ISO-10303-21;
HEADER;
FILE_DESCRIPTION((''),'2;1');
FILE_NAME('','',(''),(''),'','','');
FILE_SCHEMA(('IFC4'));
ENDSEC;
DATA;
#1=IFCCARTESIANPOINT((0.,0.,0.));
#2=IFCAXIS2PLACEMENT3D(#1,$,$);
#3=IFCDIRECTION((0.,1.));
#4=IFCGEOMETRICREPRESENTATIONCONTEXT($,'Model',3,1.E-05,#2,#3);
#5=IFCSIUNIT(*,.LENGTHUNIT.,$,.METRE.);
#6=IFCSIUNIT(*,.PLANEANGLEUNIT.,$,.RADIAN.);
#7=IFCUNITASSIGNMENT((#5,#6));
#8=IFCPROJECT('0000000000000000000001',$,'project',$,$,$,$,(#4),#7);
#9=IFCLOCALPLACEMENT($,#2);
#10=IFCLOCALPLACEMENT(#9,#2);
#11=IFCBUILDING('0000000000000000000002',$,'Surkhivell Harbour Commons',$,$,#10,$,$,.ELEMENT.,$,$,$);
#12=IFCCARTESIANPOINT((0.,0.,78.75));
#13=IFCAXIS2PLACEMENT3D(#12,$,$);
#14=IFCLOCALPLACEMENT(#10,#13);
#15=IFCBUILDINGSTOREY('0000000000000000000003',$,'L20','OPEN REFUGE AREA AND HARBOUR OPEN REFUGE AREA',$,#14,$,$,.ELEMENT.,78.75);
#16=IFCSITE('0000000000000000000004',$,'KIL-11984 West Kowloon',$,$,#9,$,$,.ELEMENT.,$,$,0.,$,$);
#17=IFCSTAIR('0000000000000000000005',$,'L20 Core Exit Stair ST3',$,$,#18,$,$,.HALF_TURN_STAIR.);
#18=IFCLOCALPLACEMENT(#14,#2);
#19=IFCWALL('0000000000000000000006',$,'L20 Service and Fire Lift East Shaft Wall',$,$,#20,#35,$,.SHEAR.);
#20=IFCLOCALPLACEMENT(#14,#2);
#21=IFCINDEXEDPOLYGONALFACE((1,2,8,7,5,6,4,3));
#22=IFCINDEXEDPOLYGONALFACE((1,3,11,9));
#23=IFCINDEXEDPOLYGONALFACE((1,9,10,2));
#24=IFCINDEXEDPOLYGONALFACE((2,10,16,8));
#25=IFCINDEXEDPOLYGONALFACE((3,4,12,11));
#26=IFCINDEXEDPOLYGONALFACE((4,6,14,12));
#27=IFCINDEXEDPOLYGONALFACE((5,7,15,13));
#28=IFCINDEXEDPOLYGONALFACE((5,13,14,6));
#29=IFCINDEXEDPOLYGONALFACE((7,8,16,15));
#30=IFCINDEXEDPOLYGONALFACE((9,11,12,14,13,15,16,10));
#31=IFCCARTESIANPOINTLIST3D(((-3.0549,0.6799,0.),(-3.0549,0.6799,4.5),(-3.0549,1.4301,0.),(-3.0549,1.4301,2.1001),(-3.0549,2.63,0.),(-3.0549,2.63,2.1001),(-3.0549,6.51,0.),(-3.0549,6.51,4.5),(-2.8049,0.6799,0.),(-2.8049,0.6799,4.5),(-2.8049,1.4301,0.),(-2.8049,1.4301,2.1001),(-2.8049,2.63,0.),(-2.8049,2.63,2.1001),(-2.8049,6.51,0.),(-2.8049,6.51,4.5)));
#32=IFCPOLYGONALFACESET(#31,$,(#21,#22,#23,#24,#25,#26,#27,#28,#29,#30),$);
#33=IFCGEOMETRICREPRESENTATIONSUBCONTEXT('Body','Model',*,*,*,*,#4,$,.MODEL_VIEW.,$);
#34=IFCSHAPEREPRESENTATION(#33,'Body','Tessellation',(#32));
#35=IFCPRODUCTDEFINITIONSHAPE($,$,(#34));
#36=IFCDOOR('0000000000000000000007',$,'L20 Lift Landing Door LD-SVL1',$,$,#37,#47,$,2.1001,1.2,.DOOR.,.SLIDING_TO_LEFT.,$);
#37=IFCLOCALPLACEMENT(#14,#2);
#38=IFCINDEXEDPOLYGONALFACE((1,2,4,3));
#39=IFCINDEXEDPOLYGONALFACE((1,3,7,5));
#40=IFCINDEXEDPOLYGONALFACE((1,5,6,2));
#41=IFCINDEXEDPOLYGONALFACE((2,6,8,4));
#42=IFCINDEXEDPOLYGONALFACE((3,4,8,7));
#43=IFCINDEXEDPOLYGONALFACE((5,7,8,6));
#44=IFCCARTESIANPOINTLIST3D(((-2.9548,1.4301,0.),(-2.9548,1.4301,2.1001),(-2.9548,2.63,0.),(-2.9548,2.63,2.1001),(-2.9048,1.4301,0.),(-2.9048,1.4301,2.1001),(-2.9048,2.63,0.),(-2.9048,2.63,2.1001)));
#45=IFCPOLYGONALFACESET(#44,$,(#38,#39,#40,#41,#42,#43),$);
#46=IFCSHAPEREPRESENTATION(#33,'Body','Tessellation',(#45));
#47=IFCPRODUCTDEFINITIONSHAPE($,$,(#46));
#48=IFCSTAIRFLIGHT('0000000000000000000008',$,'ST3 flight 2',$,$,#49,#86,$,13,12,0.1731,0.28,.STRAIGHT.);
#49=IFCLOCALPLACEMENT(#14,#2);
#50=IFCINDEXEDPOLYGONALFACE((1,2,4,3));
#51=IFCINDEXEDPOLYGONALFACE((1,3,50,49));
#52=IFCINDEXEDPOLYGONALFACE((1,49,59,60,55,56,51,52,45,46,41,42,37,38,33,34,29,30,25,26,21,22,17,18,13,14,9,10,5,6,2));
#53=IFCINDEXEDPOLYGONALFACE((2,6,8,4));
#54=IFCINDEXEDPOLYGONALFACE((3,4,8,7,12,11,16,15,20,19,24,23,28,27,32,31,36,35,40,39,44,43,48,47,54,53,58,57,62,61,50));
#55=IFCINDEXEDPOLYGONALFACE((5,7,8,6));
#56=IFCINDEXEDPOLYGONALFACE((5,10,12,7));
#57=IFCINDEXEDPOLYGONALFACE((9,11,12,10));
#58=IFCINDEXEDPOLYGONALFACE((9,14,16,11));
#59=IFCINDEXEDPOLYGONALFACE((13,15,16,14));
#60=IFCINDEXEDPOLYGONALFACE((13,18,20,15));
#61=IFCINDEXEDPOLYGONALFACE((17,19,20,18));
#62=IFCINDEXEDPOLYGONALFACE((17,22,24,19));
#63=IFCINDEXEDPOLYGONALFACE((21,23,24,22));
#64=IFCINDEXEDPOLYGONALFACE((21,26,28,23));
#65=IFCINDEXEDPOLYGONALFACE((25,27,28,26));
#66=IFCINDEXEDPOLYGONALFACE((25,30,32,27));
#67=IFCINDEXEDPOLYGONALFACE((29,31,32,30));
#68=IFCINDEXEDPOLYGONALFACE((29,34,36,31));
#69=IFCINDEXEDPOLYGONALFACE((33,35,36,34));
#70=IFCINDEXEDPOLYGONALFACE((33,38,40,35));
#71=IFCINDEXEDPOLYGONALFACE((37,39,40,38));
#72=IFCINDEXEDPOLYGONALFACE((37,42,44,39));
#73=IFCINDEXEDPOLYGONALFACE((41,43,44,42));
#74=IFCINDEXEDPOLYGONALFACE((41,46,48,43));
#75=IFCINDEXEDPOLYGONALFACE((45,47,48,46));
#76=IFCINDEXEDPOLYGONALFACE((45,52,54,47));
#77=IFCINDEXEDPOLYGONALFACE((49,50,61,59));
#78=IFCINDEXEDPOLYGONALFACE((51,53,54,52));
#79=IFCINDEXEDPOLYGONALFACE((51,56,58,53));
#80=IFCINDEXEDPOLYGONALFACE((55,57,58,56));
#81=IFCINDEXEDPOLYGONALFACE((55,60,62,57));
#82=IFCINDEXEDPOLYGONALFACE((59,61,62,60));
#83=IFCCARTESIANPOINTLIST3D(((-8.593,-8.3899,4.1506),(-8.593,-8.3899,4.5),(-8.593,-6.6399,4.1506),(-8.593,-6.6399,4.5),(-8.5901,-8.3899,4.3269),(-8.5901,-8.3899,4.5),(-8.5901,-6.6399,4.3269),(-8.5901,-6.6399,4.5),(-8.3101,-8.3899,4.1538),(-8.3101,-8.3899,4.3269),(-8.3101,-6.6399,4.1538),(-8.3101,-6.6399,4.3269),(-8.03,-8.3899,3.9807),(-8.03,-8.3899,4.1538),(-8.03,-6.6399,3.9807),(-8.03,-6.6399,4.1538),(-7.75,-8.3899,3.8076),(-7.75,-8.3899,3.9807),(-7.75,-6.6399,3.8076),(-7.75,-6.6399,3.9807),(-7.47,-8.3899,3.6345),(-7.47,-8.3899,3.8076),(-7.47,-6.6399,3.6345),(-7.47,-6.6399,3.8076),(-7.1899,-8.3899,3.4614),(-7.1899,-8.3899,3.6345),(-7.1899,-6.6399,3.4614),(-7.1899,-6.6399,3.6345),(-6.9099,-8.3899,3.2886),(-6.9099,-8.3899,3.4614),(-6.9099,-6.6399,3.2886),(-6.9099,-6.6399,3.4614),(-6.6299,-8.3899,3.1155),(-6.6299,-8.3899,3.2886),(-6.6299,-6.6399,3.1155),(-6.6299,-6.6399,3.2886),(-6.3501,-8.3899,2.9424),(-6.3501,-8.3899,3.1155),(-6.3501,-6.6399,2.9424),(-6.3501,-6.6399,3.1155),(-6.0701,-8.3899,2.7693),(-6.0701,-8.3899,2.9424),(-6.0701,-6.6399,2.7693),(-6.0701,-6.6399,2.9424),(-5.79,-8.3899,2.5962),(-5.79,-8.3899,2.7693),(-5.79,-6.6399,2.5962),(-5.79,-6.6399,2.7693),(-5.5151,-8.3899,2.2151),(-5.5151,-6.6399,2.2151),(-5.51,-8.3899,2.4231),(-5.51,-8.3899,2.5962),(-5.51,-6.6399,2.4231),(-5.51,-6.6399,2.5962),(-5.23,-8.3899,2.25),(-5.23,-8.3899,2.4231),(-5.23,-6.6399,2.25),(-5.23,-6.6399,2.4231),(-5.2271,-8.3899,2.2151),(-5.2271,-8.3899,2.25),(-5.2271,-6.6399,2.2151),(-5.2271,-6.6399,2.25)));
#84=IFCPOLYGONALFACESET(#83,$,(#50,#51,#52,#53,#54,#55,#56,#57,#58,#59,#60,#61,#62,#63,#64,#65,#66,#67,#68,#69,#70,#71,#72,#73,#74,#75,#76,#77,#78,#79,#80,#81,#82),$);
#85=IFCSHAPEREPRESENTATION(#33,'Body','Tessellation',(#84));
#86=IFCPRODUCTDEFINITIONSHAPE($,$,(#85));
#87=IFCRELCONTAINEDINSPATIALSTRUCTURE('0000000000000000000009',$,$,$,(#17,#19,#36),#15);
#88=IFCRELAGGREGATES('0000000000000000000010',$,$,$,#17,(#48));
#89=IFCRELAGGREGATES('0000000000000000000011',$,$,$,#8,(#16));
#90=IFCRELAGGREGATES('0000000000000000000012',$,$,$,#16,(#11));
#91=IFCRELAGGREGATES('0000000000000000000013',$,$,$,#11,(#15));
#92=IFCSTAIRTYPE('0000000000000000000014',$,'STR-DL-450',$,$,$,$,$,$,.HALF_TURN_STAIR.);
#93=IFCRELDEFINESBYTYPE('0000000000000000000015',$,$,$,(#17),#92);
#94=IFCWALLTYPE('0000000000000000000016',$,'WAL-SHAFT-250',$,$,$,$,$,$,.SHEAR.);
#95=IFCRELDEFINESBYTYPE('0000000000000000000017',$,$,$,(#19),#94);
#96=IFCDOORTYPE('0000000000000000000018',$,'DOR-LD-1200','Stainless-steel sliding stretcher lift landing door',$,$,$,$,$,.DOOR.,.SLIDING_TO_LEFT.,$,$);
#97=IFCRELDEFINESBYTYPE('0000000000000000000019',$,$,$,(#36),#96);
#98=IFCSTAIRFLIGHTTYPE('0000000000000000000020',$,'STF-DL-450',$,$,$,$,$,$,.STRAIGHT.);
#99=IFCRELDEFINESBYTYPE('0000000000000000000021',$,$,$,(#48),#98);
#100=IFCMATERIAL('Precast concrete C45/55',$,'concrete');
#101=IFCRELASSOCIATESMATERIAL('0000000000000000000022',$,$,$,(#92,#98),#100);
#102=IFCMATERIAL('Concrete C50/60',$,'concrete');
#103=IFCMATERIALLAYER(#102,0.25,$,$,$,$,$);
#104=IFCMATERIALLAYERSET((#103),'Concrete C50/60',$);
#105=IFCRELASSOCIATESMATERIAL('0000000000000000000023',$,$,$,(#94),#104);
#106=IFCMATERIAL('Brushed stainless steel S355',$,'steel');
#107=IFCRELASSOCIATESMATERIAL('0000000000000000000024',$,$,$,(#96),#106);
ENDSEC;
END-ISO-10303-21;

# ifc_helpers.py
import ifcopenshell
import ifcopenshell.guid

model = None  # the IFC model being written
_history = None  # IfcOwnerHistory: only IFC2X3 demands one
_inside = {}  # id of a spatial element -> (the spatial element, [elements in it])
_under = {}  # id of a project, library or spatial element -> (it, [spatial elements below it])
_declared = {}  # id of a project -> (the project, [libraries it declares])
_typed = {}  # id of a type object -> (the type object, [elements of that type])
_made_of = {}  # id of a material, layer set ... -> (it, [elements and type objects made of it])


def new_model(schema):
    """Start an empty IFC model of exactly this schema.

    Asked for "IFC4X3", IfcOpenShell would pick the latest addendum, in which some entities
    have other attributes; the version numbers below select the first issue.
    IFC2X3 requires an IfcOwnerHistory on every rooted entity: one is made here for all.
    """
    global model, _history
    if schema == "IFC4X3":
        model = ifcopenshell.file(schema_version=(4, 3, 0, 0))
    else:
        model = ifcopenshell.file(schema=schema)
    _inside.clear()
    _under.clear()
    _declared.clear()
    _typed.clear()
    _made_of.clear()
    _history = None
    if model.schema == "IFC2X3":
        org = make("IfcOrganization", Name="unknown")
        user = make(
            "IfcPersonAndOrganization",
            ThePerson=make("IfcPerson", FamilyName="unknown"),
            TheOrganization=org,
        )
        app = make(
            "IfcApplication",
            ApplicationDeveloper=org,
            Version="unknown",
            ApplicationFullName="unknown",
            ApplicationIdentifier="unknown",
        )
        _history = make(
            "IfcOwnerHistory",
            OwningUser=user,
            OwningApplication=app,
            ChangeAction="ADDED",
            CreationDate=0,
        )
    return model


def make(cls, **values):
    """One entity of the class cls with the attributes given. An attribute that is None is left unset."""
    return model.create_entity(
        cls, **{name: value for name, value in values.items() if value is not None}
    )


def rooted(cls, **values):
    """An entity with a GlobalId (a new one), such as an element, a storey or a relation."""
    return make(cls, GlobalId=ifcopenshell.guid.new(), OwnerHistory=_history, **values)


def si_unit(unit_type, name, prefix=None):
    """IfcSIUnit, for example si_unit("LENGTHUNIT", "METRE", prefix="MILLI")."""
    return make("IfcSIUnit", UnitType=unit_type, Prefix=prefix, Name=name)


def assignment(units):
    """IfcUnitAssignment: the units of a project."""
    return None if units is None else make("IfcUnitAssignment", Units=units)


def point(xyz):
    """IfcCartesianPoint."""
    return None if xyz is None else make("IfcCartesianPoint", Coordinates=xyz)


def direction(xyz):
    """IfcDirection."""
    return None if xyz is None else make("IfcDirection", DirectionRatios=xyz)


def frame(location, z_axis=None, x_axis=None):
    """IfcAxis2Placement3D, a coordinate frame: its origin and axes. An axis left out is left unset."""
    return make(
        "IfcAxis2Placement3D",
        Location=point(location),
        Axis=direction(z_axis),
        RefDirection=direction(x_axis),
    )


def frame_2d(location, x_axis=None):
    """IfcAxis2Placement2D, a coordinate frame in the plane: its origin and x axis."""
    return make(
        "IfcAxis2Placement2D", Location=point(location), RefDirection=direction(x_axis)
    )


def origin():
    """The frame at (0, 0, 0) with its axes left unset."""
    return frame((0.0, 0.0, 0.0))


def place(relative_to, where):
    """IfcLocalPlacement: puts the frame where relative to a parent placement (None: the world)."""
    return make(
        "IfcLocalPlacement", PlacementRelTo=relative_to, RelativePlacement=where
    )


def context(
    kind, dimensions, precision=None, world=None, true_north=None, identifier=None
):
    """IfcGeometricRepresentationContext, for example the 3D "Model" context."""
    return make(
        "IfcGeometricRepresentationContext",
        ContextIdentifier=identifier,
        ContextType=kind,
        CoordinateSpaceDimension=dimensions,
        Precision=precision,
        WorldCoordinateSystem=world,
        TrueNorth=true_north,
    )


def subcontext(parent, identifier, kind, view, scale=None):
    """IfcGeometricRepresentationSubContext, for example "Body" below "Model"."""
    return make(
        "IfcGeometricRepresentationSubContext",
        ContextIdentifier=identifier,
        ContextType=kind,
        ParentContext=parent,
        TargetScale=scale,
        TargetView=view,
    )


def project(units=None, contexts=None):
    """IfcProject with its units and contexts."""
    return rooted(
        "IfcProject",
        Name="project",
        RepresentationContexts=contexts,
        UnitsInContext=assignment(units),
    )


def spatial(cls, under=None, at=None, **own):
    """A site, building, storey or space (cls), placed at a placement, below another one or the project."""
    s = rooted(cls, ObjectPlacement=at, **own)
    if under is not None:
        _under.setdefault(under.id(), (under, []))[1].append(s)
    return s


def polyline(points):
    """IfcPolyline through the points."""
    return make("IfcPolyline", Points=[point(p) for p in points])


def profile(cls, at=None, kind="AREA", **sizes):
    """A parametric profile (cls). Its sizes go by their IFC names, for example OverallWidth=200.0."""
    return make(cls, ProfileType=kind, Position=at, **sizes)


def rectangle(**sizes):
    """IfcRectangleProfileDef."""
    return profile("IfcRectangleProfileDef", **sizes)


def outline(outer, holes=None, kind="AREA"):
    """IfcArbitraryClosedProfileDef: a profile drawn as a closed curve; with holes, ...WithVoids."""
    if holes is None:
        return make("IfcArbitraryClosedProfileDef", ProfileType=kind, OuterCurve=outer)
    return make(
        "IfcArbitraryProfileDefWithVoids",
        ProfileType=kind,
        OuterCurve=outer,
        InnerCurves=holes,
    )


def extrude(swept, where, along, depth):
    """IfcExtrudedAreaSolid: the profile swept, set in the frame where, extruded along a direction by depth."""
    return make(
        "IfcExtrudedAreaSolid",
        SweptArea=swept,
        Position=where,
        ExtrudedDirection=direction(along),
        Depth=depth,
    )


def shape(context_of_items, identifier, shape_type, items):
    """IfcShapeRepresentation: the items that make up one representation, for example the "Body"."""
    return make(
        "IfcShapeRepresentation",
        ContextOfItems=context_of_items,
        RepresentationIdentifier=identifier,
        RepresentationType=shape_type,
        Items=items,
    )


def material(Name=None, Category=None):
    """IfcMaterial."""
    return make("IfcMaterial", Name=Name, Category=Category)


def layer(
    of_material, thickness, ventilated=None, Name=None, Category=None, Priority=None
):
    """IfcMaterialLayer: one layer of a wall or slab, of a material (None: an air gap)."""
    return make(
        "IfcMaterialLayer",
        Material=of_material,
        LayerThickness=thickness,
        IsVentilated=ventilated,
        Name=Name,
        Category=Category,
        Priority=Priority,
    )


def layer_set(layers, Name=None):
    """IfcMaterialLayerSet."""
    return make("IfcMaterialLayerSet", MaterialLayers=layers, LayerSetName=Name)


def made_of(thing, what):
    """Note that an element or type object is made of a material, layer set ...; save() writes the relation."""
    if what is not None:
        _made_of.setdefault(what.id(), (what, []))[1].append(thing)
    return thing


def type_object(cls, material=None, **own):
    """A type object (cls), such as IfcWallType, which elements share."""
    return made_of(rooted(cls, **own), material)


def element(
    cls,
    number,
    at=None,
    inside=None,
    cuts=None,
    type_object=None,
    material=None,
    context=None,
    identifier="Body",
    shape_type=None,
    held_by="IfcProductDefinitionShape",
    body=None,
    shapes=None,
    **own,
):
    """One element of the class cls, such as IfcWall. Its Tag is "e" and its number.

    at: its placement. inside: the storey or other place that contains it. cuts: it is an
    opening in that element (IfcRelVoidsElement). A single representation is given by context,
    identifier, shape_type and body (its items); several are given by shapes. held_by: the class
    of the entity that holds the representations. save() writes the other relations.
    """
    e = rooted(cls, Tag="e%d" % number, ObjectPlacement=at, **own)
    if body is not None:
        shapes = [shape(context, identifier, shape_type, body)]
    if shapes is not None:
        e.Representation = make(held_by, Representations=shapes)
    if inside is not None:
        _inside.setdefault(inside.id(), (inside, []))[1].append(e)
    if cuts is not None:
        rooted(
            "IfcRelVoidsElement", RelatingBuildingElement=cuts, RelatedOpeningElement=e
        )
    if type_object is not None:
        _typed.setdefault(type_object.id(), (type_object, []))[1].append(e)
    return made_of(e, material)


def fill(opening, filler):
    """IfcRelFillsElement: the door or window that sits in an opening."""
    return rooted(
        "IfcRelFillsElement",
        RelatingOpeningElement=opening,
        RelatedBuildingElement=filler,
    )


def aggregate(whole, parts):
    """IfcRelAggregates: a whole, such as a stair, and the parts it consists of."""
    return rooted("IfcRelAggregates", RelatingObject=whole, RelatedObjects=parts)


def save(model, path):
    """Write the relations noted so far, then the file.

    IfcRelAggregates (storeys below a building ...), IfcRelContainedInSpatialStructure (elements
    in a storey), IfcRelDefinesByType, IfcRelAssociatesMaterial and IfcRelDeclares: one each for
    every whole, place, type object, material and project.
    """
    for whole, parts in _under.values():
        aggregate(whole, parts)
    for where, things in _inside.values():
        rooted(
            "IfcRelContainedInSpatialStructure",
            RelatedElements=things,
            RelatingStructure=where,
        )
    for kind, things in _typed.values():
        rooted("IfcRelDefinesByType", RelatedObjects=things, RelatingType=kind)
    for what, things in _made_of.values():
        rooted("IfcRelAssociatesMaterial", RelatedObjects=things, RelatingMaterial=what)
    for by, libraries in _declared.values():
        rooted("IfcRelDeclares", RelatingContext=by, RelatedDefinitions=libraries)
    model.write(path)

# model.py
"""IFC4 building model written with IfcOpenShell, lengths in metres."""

from ifc_helpers import new_model, si_unit, direction, frame, frame_2d, origin, place, context, subcontext, project, spatial, polyline, rectangle, outline, extrude, material, layer, layer_set, type_object, element, fill, aggregate, save


model = new_model("IFC4")

# Units and contexts
model_context = context("Model", 3, precision=1e-05, world=origin(), true_north=direction((0.0, 1.0)))
body_context = subcontext(model_context, "Body", "Model", "MODEL_VIEW")
ifc_project = project(units=[si_unit("LENGTHUNIT", "METRE"), si_unit("PLANEANGLEUNIT", "RADIAN")], contexts=[model_context])

# Site, building, storey
site_placement = place(None, origin())
site = spatial("IfcSite", under=ifc_project, at=site_placement, Name="KIL-11984 West Kowloon", CompositionType="ELEMENT", RefElevation=0.0)
building_placement = place(site_placement, origin())
building = spatial("IfcBuilding", under=site, at=building_placement, Name="Surkhivell Harbour Commons", CompositionType="ELEMENT")
storey_placement = place(building_placement, frame((0.0, 0.0, 78.75)))
storey = spatial("IfcBuildingStorey", under=building, at=storey_placement, Name="L20", Description="OPEN REFUGE AREA AND HARBOUR OPEN REFUGE AREA", CompositionType="ELEMENT", Elevation=78.75)

# Shared definitions
ifc_material_1 = material(Name="Concrete C50/60", Category="concrete")

# Stair
ifc_material_2 = material(Name="Precast concrete C45/55", Category="concrete")
stair_type = type_object("IfcStairType", Name="STR-DL-450", PredefinedType="HALF_TURN_STAIR", material=ifc_material_2)
stair_1_placement = place(storey_placement, origin())
stair_1 = element("IfcStair", 1, at=stair_1_placement, inside=storey, type_object=stair_type, Name="L20 Core Exit Stair ST3", PredefinedType="HALF_TURN_STAIR")

# Shared definitions
ifc_layer_1 = layer(ifc_material_1, 0.25)
ifc_layer_set_1 = layer_set([ifc_layer_1], Name="Concrete C50/60")
wall_type_1 = type_object("IfcWallType", Name="WAL-SHAFT-250", PredefinedType="SHEAR", material=ifc_layer_set_1)

# Wall, opening, door
wall_1_placement = place(storey_placement, frame((-2.9299, 0.6799, 0.0), z_axis=(0.0, 0.0, 1.0), x_axis=(0.0, 1.0, 0.0)))
wall_1 = element("IfcWall", 2, at=wall_1_placement, inside=storey, type_object=wall_type_1, Name="L20 Service and Fire Lift East Shaft Wall", PredefinedType="SHEAR", context=body_context, shape_type="SweptSolid", body=[
    extrude(rectangle(XDim=5.8301, YDim=0.25, at=frame_2d((2.915, 0.0))), origin(), (0.0, 0.0, 1.0), 4.5),
])
opening_1_placement = place(wall_1_placement, frame((0.75, 0.0, 0.0)))
opening_1 = element("IfcOpeningElement", 3, at=opening_1_placement, cuts=wall_1, PredefinedType="OPENING", context=body_context, shape_type="SweptSolid", body=[
    extrude(rectangle(XDim=1.2, YDim=2.1001, at=frame_2d((0.6001, 1.05))), frame((0.0, 0.135, 0.0), z_axis=(0.0, -1.0, 0.0), x_axis=(1.0, 0.0, 0.0)), (0.0, 0.0, 1.0), 0.27),
])
ifc_material_3 = material(Name="Brushed stainless steel S355", Category="steel")
door_type_1 = type_object("IfcDoorType", Name="DOR-LD-1200", Description="Stainless-steel sliding stretcher lift landing door", OperationType="SLIDING_TO_LEFT", PredefinedType="DOOR", material=ifc_material_3)
door_1_placement = place(opening_1_placement, origin())
door_1 = element("IfcDoor", 4, at=door_1_placement, inside=storey, type_object=door_type_1, Name="L20 Lift Landing Door LD-SVL1", OperationType="SLIDING_TO_LEFT", OverallHeight=2.1001, OverallWidth=1.2, PredefinedType="DOOR", context=body_context, shape_type="SweptSolid", body=[
    extrude(rectangle(XDim=1.2, YDim=2.1001, at=frame_2d((0.6001, 1.05))), frame((0.0, 0.0249, 0.0), z_axis=(0.0, -1.0, 0.0), x_axis=(1.0, 0.0, 0.0)), (0.0, 0.0, 1.0), 0.05),
])
fill(opening_1, door_1)

# Stair flight
stair_flight_type = type_object("IfcStairFlightType", Name="STF-DL-450", PredefinedType="STRAIGHT", material=ifc_material_2)
stair_flight_placement = place(storey_placement, frame((-5.23, -7.5149, 2.25), z_axis=(0.0, 0.0, 1.0), x_axis=(-1.0, 0.0, 0.0)))
stair_flight = element("IfcStairFlight", 5, at=stair_flight_placement, type_object=stair_flight_type, Name="ST3 flight 2", NumberOfRisers=13, NumberOfTreads=12, PredefinedType="STRAIGHT", RiserHeight=0.1731, TreadLength=0.28, context=body_context, shape_type="SweptSolid", body=[
    extrude(outline(polyline([(-0.0029, -0.0349), (-0.0029, 0.0), (0.0, 0.0), (0.0, 0.1731), (0.28, 0.1731), (0.28, 0.3462), (0.5601, 0.3462), (0.5601, 0.5193), (0.8401, 0.5193), (0.8401, 0.6924), (1.1201, 0.6924), (1.1201, 0.8655), (1.3999, 0.8655), (1.3999, 1.0386), (1.6799, 1.0386), (1.6799, 1.2114), (1.96, 1.2114), (1.96, 1.3845), (2.24, 1.3845), (2.24, 1.5576), (2.52, 1.5576), (2.52, 1.7307), (2.8, 1.7307), (2.8, 1.9038), (3.0801, 1.9038), (3.0801, 2.0769), (3.3601, 2.0769), (3.3601, 2.25), (3.363, 2.25), (3.363, 1.9006), (0.2852, -0.0349), (-0.0029, -0.0349)])), frame((0.0, 0.875, 0.0), z_axis=(0.0, -1.0, 0.0), x_axis=(1.0, 0.0, 0.0)), (0.0, 0.0, 1.0), 1.75),
])
aggregate(stair_1, [stair_flight])

save(model, "model.ifc")
